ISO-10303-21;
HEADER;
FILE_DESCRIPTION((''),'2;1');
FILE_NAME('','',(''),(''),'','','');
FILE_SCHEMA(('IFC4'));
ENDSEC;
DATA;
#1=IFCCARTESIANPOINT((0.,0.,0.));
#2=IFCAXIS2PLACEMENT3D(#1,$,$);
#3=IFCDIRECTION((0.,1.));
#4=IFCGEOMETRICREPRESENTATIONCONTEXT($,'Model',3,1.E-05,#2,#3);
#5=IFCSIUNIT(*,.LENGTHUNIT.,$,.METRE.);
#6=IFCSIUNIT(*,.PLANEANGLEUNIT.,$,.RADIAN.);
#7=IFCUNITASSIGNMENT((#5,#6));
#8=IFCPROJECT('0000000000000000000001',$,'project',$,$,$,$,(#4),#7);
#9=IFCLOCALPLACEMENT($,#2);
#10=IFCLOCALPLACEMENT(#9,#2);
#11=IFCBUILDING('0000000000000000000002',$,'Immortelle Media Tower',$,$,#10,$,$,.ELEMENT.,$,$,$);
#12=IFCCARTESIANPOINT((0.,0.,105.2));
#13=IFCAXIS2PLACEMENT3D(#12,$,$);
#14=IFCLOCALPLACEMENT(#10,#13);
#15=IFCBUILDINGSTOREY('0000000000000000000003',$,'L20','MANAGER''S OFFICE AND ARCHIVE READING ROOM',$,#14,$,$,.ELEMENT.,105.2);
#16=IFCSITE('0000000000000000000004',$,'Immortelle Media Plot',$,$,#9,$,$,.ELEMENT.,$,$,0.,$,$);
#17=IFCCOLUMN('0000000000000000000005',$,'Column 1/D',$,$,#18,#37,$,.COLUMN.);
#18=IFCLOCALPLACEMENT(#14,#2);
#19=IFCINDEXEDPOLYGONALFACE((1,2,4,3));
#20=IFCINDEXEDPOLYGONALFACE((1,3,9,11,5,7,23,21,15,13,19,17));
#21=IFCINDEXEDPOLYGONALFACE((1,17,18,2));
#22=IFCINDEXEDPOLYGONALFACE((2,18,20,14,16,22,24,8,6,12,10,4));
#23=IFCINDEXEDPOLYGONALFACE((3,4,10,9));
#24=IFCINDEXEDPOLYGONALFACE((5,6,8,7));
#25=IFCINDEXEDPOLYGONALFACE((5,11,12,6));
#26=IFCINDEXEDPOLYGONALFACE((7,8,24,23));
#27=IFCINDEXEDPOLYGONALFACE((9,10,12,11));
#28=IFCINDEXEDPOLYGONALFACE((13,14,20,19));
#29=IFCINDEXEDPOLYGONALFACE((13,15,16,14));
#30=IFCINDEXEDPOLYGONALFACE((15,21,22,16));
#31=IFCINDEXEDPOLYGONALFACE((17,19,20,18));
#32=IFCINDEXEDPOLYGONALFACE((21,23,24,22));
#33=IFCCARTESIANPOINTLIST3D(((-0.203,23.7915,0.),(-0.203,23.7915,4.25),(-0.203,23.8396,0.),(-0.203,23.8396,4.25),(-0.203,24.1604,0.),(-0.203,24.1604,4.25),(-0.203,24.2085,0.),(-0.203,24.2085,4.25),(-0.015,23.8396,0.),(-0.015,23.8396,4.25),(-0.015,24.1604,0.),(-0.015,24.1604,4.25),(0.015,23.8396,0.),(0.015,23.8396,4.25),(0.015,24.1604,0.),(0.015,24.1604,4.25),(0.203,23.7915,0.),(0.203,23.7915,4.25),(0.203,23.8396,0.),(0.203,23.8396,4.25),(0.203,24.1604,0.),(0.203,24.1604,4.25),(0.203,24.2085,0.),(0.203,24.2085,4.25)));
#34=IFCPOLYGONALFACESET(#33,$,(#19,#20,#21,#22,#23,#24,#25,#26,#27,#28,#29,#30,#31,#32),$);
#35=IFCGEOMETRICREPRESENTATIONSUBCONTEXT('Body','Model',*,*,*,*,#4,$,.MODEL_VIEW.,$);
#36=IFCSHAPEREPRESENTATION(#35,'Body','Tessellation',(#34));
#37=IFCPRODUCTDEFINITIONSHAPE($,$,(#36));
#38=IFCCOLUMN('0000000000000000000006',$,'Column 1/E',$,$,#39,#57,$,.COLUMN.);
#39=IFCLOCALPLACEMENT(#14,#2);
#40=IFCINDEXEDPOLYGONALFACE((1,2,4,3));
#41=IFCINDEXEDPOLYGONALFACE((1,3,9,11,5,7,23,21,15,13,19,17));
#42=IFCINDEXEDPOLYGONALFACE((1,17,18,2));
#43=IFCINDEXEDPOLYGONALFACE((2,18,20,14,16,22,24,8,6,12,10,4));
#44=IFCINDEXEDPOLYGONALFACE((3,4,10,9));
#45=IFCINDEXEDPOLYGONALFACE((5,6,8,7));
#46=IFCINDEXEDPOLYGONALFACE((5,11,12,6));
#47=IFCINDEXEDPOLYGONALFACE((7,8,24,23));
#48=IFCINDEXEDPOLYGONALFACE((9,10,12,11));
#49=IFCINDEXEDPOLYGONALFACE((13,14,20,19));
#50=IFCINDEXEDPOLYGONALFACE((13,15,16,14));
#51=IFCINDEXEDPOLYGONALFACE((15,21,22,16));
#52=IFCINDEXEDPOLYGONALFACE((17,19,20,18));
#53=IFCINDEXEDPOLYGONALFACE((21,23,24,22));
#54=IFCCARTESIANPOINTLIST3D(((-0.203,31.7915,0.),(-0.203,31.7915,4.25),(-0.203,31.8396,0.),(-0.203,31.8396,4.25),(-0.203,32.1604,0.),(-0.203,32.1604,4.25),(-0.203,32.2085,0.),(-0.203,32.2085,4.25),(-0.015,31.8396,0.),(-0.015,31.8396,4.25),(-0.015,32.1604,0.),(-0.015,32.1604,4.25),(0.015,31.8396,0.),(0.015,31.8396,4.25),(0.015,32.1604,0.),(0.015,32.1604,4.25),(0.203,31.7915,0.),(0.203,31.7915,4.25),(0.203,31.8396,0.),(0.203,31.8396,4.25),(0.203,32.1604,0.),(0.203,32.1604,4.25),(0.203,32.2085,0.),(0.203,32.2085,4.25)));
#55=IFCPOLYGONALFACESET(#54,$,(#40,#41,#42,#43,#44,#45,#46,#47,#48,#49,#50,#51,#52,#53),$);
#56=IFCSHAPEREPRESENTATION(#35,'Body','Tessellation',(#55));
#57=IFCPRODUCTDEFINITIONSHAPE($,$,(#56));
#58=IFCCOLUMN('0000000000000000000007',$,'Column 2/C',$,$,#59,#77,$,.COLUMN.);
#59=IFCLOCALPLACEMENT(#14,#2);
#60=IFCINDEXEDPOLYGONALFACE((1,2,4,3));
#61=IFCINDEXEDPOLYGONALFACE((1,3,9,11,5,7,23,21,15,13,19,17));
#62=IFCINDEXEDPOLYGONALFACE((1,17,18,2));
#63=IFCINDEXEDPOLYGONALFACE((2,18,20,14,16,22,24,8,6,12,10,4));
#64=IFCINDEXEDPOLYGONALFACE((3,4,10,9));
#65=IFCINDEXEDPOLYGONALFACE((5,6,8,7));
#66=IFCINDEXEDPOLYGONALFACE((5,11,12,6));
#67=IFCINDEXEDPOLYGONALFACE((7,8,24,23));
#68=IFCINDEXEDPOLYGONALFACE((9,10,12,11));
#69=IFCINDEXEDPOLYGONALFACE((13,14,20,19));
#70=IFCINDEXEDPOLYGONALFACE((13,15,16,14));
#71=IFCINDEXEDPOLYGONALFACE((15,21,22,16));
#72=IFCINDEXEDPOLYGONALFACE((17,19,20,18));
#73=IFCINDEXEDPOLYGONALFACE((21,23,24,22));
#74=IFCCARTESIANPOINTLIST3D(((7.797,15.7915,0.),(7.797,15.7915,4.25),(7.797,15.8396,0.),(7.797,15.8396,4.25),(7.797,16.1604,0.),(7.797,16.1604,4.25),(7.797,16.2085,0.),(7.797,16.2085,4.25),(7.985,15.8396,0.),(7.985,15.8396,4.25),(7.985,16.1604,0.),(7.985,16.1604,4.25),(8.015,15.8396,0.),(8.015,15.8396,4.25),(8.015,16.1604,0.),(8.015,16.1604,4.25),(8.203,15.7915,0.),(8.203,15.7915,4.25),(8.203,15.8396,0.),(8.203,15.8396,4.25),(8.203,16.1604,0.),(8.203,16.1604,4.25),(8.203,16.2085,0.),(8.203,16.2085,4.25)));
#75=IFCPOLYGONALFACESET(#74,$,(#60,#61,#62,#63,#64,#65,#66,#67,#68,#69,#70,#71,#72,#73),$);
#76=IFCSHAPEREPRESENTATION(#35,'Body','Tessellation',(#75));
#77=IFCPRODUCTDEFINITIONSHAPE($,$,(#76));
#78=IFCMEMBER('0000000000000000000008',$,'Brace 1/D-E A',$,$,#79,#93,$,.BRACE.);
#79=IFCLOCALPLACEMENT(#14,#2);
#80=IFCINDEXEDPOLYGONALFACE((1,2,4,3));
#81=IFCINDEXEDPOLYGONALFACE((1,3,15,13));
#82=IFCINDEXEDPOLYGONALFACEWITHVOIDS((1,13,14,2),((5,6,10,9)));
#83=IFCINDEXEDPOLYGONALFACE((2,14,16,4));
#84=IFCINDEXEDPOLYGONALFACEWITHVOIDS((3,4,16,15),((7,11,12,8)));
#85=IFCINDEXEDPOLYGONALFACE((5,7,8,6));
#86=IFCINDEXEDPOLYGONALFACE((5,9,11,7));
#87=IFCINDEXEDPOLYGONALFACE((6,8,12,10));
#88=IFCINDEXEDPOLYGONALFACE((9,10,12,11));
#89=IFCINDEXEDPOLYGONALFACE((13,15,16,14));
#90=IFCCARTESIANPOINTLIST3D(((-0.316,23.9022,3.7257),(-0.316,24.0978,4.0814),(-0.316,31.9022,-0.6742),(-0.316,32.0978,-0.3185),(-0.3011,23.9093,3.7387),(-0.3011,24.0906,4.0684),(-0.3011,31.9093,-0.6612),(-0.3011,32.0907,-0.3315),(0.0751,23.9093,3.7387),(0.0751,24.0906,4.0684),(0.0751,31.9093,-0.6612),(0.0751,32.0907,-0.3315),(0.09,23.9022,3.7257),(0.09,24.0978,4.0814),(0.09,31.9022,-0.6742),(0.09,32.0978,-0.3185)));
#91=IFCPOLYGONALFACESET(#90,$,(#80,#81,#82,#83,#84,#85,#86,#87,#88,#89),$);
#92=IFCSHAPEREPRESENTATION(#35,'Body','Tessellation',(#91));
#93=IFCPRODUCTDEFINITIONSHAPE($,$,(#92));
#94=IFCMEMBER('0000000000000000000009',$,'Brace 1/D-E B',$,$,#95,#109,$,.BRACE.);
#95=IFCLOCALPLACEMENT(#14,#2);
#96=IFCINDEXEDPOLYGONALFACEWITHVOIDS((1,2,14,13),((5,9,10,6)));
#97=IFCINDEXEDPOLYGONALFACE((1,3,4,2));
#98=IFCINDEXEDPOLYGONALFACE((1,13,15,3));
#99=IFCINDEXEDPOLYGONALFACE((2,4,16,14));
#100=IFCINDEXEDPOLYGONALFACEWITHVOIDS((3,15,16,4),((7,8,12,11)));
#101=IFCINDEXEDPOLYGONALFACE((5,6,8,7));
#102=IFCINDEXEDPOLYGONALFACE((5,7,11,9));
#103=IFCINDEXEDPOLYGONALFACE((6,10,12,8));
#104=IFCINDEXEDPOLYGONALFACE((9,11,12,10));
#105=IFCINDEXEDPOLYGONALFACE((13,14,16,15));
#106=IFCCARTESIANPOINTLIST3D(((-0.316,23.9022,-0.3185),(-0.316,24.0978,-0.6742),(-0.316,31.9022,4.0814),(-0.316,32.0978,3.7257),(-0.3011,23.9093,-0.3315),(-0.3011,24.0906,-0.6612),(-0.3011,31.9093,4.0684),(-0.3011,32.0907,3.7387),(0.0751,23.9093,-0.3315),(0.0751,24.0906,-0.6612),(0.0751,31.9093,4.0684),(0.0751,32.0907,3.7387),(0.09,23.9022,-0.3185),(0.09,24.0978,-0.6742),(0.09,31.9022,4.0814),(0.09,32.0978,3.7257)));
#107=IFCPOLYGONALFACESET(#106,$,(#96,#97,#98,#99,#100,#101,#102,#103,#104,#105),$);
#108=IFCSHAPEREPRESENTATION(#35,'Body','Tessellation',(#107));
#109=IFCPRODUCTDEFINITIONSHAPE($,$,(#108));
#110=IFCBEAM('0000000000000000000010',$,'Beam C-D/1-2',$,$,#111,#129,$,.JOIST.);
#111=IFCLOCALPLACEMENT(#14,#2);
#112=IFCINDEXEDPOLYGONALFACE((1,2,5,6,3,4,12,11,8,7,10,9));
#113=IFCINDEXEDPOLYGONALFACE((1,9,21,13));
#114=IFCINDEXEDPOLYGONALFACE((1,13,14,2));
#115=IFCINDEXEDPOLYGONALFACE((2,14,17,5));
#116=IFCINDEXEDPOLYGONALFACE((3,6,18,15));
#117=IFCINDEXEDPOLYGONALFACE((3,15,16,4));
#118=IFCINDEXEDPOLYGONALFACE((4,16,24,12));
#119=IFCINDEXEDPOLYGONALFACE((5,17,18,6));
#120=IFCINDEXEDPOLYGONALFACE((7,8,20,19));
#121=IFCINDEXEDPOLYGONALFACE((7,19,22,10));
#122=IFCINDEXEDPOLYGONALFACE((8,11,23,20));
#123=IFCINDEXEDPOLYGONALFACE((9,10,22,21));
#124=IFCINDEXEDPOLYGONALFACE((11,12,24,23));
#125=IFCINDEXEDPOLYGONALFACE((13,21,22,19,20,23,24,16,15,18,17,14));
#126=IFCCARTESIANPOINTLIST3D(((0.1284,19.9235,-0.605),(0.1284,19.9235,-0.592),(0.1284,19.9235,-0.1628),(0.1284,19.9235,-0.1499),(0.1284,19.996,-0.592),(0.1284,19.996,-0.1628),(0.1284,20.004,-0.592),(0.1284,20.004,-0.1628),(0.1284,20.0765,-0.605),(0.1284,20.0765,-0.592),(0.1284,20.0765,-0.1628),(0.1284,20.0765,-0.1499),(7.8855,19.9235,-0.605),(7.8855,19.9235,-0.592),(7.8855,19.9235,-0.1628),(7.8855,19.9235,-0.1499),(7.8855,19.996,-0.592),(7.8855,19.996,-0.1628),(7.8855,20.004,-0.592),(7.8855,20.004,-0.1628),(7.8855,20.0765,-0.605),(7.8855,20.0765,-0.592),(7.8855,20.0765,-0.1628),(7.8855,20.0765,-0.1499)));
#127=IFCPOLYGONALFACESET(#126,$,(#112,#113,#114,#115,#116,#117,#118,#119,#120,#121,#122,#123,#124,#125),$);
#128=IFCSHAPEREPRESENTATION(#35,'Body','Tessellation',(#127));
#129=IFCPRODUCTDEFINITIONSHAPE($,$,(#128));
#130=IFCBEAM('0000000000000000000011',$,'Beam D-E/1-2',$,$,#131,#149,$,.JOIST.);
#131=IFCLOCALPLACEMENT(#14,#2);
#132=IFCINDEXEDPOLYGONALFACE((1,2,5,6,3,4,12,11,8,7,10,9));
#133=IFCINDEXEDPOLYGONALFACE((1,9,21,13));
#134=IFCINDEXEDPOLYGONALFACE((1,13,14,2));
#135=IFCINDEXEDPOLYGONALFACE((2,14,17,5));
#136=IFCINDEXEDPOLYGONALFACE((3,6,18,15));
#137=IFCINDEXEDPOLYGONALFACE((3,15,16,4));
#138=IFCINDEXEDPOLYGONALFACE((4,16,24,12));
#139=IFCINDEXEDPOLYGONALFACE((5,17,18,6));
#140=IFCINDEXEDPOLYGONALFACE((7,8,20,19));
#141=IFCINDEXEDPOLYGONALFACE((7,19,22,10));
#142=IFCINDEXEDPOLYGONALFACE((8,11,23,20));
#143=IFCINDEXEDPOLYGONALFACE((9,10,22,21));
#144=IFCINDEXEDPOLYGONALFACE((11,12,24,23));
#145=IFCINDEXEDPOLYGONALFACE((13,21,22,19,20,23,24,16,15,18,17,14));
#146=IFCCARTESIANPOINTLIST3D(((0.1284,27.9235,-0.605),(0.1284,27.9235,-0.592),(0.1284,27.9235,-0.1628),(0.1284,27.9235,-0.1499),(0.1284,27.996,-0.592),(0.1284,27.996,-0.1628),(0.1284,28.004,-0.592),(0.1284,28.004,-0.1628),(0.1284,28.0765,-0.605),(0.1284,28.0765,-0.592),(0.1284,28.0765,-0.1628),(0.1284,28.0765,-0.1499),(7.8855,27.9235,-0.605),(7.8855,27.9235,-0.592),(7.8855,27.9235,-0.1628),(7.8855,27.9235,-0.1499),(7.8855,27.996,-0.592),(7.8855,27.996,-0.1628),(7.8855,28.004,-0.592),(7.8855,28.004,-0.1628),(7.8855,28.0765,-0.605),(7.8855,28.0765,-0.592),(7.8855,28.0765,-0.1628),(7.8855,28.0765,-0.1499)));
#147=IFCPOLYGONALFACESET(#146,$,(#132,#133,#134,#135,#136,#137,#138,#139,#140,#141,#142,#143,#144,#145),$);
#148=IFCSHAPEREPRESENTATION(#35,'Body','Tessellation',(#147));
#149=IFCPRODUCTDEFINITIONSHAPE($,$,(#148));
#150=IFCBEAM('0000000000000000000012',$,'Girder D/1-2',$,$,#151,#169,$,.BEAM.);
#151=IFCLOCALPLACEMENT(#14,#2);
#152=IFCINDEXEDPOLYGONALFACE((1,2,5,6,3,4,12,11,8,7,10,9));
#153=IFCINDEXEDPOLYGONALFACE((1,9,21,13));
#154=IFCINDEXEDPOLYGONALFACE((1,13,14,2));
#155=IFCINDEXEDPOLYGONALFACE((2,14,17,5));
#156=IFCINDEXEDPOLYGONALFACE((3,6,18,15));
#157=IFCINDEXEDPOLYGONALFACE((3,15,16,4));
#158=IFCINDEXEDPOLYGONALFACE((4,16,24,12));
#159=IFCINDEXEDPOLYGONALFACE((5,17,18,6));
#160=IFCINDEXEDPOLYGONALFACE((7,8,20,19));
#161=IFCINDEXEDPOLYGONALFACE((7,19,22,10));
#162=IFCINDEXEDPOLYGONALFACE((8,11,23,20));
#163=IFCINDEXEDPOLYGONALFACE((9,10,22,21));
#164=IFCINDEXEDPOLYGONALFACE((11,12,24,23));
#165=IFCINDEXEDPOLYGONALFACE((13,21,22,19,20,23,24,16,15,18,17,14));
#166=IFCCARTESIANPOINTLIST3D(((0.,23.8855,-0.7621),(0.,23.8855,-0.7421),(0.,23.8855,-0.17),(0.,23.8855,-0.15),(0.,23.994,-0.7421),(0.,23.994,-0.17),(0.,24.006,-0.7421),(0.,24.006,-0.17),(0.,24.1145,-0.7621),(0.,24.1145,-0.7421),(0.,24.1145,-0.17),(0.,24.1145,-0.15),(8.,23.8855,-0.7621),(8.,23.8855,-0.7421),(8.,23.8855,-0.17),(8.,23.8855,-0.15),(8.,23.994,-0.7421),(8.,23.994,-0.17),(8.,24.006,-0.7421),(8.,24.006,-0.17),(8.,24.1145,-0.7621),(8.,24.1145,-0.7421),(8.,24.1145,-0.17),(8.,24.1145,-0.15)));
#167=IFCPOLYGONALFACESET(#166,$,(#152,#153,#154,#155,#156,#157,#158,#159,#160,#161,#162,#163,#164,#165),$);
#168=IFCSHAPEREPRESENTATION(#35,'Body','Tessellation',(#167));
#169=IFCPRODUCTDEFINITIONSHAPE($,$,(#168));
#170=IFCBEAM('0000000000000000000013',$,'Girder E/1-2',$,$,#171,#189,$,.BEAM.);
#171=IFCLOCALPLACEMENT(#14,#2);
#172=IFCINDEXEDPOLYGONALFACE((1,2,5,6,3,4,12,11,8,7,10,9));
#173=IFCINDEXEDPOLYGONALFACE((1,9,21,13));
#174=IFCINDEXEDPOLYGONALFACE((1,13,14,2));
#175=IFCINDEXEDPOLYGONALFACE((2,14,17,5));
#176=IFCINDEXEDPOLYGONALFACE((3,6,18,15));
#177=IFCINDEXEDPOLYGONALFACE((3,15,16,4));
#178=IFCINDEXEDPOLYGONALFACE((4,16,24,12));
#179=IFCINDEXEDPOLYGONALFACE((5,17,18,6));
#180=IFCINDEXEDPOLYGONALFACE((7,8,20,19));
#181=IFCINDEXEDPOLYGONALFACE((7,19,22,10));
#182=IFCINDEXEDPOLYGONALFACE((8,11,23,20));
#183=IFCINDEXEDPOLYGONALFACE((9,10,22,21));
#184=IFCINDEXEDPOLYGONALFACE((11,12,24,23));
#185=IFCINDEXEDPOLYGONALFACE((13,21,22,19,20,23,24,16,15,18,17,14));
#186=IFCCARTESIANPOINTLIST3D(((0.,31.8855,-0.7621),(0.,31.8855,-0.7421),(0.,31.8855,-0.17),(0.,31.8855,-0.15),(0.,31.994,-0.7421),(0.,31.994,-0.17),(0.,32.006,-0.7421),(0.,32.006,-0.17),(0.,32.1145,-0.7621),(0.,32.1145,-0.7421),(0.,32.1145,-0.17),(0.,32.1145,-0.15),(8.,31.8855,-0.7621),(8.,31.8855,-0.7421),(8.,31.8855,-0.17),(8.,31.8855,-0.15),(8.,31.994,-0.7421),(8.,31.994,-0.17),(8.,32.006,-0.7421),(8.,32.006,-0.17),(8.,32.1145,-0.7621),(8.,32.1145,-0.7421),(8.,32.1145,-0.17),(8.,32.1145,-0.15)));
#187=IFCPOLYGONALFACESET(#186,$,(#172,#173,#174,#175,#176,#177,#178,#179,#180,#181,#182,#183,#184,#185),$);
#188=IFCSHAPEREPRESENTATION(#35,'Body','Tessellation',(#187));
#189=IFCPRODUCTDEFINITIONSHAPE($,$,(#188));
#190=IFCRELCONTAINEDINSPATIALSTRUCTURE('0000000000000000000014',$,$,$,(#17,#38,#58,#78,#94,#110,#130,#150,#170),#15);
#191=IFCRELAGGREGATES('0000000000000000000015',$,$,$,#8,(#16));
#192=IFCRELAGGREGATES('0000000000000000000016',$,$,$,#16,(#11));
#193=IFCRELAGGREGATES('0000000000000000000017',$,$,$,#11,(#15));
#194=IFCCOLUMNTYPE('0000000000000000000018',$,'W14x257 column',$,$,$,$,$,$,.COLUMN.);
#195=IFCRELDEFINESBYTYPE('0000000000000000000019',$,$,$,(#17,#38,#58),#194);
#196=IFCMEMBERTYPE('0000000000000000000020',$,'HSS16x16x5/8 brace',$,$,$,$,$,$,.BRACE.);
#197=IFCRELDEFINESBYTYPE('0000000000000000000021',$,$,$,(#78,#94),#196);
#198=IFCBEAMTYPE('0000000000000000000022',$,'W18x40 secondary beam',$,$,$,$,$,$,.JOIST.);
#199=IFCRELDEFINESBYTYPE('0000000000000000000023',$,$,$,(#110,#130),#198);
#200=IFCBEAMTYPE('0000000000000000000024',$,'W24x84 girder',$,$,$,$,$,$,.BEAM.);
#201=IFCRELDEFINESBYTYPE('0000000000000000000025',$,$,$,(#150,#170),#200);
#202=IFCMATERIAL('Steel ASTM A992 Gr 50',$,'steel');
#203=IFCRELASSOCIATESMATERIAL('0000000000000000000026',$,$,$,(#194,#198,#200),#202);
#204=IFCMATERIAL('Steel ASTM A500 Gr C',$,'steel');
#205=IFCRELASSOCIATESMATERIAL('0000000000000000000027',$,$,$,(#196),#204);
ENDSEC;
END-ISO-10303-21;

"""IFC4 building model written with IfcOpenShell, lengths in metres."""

from ifc_helpers import new_model, si_unit, direction, frame, origin, origin_2d, place, context, subcontext, project, spatial, hollow_rectangle, i_section, extrude, material, material_profile, profile_set, type_object, element, save


model = new_model("IFC4")

# Units and contexts
model_context = context("Model", 3, precision=1e-05, world=origin(), true_north=direction((0.0, 1.0)))
body_context = subcontext(model_context, "Body", "Model", "MODEL_VIEW")
ifc_project = project(units=[si_unit("LENGTHUNIT", "METRE"), si_unit("PLANEANGLEUNIT", "RADIAN")], contexts=[model_context])

# Site, building, storey
site_placement = place(None, origin())
site = spatial("IfcSite", under=ifc_project, at=site_placement, Name="Immortelle Media Plot", CompositionType="ELEMENT", RefElevation=0.0)
building_placement = place(site_placement, origin())
building = spatial("IfcBuilding", under=site, at=building_placement, Name="Immortelle Media Tower", CompositionType="ELEMENT")
storey_placement = place(building_placement, frame((0.0, 0.0, 105.2)))
storey = spatial("IfcBuildingStorey", under=building, at=storey_placement, Name="L20", Description="MANAGER'S OFFICE AND ARCHIVE READING ROOM", CompositionType="ELEMENT", Elevation=105.2)

# Columns
ifc_material_1 = material(Name="Steel ASTM A992 Gr 50", Category="steel")
ifc_material_profile_1 = material_profile(ifc_material_1, i_section(OverallWidth=0.406, OverallDepth=0.417, WebThickness=0.03, FlangeThickness=0.0481, at=origin_2d()), Name="W14x257")
ifc_profile_set_1 = profile_set([ifc_material_profile_1], Name="Steel ASTM A992 Gr 50")
column_type = type_object("IfcColumnType", Name="W14x257 column", PredefinedType="COLUMN", material=ifc_profile_set_1)
for number, where, z_axis, x_axis, name in (
    (1, (0.0, 24.0, 0.0), (0.0, 0.0, 1.0), (1.0, 0.0, 0.0), "Column 1/D"),
    (2, (0.0, 32.0, 0.0), (0.0, 0.0, 1.0), (1.0, 0.0, 0.0), "Column 1/E"),
    (3, (8.0, 16.0, 0.0), (0.0, 0.0, 1.0), (1.0, 0.0, 0.0), "Column 2/C"),
):
    element("IfcColumn", number, at=place(storey_placement, frame(where, z_axis=z_axis, x_axis=x_axis)), inside=storey, type_object=column_type, Name=name, PredefinedType="COLUMN", context=body_context, shape_type="SweptSolid", body=[
        extrude(i_section(OverallWidth=0.406, OverallDepth=0.417, WebThickness=0.03, FlangeThickness=0.0481, at=origin_2d()), origin(), (0.0, 0.0, 1.0), 4.25),
    ])

# Members
ifc_material_2 = material(Name="Steel ASTM A500 Gr C", Category="steel")
ifc_material_profile_2 = material_profile(ifc_material_2, hollow_rectangle(XDim=0.406, YDim=0.406, WallThickness=0.0149, at=origin_2d()), Name="HSS16x16x5/8 brace")
ifc_profile_set_2 = profile_set([ifc_material_profile_2], Name="Steel ASTM A500 Gr C")
member_type = type_object("IfcMemberType", Name="HSS16x16x5/8 brace", PredefinedType="BRACE", material=ifc_profile_set_2)
for number, where, z_axis, x_axis, name in (
    (4, (-0.113, 32.0, -0.4963), (0.0, -0.87622, 0.481911), (1.0, 0.0, 0.0), "Brace 1/D-E A"),
    (5, (-0.113, 32.0, 3.9036), (0.0, -0.87622, -0.481911), (1.0, 0.0, 0.0), "Brace 1/D-E B"),
):
    element("IfcMember", number, at=place(storey_placement, frame(where, z_axis=z_axis, x_axis=x_axis)), inside=storey, type_object=member_type, Name=name, PredefinedType="BRACE", context=body_context, shape_type="SweptSolid", body=[
        extrude(hollow_rectangle(XDim=0.406, YDim=0.406, WallThickness=0.0149, at=origin_2d()), origin(), (0.0, 0.0, 1.0), 9.1301),
    ])

# Beams
ifc_material_profile_3 = material_profile(ifc_material_1, i_section(OverallWidth=0.1531, OverallDepth=0.4551, WebThickness=0.0081, FlangeThickness=0.0129, at=origin_2d()), Name="W18x40")
ifc_profile_set_3 = profile_set([ifc_material_profile_3], Name="Steel ASTM A992 Gr 50")
beam_type_1 = type_object("IfcBeamType", Name="W18x40 secondary beam", PredefinedType="JOIST", material=ifc_profile_set_3)
for number, where, z_axis, x_axis, name in (
    (6, (0.1284, 20.0, -0.3774), (1.0, 0.0, 0.0), (0.0, 1.0, 0.0), "Beam C-D/1-2"),
    (7, (0.1284, 28.0, -0.3774), (1.0, 0.0, 0.0), (0.0, 1.0, 0.0), "Beam D-E/1-2"),
):
    element("IfcBeam", number, at=place(storey_placement, frame(where, z_axis=z_axis, x_axis=x_axis)), inside=storey, type_object=beam_type_1, Name=name, PredefinedType="JOIST", context=body_context, shape_type="SweptSolid", body=[
        extrude(i_section(OverallWidth=0.1531, OverallDepth=0.4551, WebThickness=0.0081, FlangeThickness=0.0129, at=origin_2d()), origin(), (0.0, 0.0, 1.0), 7.7571),
    ])
ifc_material_profile_4 = material_profile(ifc_material_1, i_section(OverallWidth=0.229, OverallDepth=0.6121, WebThickness=0.012, FlangeThickness=0.02, at=origin_2d()), Name="W24x84")
ifc_profile_set_4 = profile_set([ifc_material_profile_4], Name="Steel ASTM A992 Gr 50")
beam_type_2 = type_object("IfcBeamType", Name="W24x84 girder", PredefinedType="BEAM", material=ifc_profile_set_4)
for number, where, z_axis, x_axis, name in (
    (8, (0.0, 24.0, -0.4561), (1.0, 0.0, 0.0), (0.0, 1.0, 0.0), "Girder D/1-2"),
    (9, (0.0, 32.0, -0.4561), (1.0, 0.0, 0.0), (0.0, 1.0, 0.0), "Girder E/1-2"),
):
    element("IfcBeam", number, at=place(storey_placement, frame(where, z_axis=z_axis, x_axis=x_axis)), inside=storey, type_object=beam_type_2, Name=name, PredefinedType="BEAM", context=body_context, shape_type="SweptSolid", body=[
        extrude(i_section(OverallWidth=0.229, OverallDepth=0.6121, WebThickness=0.012, FlangeThickness=0.02, at=origin_2d()), origin(), (0.0, 0.0, 1.0), 8.0),
    ])

save(model, "model.ifc")
